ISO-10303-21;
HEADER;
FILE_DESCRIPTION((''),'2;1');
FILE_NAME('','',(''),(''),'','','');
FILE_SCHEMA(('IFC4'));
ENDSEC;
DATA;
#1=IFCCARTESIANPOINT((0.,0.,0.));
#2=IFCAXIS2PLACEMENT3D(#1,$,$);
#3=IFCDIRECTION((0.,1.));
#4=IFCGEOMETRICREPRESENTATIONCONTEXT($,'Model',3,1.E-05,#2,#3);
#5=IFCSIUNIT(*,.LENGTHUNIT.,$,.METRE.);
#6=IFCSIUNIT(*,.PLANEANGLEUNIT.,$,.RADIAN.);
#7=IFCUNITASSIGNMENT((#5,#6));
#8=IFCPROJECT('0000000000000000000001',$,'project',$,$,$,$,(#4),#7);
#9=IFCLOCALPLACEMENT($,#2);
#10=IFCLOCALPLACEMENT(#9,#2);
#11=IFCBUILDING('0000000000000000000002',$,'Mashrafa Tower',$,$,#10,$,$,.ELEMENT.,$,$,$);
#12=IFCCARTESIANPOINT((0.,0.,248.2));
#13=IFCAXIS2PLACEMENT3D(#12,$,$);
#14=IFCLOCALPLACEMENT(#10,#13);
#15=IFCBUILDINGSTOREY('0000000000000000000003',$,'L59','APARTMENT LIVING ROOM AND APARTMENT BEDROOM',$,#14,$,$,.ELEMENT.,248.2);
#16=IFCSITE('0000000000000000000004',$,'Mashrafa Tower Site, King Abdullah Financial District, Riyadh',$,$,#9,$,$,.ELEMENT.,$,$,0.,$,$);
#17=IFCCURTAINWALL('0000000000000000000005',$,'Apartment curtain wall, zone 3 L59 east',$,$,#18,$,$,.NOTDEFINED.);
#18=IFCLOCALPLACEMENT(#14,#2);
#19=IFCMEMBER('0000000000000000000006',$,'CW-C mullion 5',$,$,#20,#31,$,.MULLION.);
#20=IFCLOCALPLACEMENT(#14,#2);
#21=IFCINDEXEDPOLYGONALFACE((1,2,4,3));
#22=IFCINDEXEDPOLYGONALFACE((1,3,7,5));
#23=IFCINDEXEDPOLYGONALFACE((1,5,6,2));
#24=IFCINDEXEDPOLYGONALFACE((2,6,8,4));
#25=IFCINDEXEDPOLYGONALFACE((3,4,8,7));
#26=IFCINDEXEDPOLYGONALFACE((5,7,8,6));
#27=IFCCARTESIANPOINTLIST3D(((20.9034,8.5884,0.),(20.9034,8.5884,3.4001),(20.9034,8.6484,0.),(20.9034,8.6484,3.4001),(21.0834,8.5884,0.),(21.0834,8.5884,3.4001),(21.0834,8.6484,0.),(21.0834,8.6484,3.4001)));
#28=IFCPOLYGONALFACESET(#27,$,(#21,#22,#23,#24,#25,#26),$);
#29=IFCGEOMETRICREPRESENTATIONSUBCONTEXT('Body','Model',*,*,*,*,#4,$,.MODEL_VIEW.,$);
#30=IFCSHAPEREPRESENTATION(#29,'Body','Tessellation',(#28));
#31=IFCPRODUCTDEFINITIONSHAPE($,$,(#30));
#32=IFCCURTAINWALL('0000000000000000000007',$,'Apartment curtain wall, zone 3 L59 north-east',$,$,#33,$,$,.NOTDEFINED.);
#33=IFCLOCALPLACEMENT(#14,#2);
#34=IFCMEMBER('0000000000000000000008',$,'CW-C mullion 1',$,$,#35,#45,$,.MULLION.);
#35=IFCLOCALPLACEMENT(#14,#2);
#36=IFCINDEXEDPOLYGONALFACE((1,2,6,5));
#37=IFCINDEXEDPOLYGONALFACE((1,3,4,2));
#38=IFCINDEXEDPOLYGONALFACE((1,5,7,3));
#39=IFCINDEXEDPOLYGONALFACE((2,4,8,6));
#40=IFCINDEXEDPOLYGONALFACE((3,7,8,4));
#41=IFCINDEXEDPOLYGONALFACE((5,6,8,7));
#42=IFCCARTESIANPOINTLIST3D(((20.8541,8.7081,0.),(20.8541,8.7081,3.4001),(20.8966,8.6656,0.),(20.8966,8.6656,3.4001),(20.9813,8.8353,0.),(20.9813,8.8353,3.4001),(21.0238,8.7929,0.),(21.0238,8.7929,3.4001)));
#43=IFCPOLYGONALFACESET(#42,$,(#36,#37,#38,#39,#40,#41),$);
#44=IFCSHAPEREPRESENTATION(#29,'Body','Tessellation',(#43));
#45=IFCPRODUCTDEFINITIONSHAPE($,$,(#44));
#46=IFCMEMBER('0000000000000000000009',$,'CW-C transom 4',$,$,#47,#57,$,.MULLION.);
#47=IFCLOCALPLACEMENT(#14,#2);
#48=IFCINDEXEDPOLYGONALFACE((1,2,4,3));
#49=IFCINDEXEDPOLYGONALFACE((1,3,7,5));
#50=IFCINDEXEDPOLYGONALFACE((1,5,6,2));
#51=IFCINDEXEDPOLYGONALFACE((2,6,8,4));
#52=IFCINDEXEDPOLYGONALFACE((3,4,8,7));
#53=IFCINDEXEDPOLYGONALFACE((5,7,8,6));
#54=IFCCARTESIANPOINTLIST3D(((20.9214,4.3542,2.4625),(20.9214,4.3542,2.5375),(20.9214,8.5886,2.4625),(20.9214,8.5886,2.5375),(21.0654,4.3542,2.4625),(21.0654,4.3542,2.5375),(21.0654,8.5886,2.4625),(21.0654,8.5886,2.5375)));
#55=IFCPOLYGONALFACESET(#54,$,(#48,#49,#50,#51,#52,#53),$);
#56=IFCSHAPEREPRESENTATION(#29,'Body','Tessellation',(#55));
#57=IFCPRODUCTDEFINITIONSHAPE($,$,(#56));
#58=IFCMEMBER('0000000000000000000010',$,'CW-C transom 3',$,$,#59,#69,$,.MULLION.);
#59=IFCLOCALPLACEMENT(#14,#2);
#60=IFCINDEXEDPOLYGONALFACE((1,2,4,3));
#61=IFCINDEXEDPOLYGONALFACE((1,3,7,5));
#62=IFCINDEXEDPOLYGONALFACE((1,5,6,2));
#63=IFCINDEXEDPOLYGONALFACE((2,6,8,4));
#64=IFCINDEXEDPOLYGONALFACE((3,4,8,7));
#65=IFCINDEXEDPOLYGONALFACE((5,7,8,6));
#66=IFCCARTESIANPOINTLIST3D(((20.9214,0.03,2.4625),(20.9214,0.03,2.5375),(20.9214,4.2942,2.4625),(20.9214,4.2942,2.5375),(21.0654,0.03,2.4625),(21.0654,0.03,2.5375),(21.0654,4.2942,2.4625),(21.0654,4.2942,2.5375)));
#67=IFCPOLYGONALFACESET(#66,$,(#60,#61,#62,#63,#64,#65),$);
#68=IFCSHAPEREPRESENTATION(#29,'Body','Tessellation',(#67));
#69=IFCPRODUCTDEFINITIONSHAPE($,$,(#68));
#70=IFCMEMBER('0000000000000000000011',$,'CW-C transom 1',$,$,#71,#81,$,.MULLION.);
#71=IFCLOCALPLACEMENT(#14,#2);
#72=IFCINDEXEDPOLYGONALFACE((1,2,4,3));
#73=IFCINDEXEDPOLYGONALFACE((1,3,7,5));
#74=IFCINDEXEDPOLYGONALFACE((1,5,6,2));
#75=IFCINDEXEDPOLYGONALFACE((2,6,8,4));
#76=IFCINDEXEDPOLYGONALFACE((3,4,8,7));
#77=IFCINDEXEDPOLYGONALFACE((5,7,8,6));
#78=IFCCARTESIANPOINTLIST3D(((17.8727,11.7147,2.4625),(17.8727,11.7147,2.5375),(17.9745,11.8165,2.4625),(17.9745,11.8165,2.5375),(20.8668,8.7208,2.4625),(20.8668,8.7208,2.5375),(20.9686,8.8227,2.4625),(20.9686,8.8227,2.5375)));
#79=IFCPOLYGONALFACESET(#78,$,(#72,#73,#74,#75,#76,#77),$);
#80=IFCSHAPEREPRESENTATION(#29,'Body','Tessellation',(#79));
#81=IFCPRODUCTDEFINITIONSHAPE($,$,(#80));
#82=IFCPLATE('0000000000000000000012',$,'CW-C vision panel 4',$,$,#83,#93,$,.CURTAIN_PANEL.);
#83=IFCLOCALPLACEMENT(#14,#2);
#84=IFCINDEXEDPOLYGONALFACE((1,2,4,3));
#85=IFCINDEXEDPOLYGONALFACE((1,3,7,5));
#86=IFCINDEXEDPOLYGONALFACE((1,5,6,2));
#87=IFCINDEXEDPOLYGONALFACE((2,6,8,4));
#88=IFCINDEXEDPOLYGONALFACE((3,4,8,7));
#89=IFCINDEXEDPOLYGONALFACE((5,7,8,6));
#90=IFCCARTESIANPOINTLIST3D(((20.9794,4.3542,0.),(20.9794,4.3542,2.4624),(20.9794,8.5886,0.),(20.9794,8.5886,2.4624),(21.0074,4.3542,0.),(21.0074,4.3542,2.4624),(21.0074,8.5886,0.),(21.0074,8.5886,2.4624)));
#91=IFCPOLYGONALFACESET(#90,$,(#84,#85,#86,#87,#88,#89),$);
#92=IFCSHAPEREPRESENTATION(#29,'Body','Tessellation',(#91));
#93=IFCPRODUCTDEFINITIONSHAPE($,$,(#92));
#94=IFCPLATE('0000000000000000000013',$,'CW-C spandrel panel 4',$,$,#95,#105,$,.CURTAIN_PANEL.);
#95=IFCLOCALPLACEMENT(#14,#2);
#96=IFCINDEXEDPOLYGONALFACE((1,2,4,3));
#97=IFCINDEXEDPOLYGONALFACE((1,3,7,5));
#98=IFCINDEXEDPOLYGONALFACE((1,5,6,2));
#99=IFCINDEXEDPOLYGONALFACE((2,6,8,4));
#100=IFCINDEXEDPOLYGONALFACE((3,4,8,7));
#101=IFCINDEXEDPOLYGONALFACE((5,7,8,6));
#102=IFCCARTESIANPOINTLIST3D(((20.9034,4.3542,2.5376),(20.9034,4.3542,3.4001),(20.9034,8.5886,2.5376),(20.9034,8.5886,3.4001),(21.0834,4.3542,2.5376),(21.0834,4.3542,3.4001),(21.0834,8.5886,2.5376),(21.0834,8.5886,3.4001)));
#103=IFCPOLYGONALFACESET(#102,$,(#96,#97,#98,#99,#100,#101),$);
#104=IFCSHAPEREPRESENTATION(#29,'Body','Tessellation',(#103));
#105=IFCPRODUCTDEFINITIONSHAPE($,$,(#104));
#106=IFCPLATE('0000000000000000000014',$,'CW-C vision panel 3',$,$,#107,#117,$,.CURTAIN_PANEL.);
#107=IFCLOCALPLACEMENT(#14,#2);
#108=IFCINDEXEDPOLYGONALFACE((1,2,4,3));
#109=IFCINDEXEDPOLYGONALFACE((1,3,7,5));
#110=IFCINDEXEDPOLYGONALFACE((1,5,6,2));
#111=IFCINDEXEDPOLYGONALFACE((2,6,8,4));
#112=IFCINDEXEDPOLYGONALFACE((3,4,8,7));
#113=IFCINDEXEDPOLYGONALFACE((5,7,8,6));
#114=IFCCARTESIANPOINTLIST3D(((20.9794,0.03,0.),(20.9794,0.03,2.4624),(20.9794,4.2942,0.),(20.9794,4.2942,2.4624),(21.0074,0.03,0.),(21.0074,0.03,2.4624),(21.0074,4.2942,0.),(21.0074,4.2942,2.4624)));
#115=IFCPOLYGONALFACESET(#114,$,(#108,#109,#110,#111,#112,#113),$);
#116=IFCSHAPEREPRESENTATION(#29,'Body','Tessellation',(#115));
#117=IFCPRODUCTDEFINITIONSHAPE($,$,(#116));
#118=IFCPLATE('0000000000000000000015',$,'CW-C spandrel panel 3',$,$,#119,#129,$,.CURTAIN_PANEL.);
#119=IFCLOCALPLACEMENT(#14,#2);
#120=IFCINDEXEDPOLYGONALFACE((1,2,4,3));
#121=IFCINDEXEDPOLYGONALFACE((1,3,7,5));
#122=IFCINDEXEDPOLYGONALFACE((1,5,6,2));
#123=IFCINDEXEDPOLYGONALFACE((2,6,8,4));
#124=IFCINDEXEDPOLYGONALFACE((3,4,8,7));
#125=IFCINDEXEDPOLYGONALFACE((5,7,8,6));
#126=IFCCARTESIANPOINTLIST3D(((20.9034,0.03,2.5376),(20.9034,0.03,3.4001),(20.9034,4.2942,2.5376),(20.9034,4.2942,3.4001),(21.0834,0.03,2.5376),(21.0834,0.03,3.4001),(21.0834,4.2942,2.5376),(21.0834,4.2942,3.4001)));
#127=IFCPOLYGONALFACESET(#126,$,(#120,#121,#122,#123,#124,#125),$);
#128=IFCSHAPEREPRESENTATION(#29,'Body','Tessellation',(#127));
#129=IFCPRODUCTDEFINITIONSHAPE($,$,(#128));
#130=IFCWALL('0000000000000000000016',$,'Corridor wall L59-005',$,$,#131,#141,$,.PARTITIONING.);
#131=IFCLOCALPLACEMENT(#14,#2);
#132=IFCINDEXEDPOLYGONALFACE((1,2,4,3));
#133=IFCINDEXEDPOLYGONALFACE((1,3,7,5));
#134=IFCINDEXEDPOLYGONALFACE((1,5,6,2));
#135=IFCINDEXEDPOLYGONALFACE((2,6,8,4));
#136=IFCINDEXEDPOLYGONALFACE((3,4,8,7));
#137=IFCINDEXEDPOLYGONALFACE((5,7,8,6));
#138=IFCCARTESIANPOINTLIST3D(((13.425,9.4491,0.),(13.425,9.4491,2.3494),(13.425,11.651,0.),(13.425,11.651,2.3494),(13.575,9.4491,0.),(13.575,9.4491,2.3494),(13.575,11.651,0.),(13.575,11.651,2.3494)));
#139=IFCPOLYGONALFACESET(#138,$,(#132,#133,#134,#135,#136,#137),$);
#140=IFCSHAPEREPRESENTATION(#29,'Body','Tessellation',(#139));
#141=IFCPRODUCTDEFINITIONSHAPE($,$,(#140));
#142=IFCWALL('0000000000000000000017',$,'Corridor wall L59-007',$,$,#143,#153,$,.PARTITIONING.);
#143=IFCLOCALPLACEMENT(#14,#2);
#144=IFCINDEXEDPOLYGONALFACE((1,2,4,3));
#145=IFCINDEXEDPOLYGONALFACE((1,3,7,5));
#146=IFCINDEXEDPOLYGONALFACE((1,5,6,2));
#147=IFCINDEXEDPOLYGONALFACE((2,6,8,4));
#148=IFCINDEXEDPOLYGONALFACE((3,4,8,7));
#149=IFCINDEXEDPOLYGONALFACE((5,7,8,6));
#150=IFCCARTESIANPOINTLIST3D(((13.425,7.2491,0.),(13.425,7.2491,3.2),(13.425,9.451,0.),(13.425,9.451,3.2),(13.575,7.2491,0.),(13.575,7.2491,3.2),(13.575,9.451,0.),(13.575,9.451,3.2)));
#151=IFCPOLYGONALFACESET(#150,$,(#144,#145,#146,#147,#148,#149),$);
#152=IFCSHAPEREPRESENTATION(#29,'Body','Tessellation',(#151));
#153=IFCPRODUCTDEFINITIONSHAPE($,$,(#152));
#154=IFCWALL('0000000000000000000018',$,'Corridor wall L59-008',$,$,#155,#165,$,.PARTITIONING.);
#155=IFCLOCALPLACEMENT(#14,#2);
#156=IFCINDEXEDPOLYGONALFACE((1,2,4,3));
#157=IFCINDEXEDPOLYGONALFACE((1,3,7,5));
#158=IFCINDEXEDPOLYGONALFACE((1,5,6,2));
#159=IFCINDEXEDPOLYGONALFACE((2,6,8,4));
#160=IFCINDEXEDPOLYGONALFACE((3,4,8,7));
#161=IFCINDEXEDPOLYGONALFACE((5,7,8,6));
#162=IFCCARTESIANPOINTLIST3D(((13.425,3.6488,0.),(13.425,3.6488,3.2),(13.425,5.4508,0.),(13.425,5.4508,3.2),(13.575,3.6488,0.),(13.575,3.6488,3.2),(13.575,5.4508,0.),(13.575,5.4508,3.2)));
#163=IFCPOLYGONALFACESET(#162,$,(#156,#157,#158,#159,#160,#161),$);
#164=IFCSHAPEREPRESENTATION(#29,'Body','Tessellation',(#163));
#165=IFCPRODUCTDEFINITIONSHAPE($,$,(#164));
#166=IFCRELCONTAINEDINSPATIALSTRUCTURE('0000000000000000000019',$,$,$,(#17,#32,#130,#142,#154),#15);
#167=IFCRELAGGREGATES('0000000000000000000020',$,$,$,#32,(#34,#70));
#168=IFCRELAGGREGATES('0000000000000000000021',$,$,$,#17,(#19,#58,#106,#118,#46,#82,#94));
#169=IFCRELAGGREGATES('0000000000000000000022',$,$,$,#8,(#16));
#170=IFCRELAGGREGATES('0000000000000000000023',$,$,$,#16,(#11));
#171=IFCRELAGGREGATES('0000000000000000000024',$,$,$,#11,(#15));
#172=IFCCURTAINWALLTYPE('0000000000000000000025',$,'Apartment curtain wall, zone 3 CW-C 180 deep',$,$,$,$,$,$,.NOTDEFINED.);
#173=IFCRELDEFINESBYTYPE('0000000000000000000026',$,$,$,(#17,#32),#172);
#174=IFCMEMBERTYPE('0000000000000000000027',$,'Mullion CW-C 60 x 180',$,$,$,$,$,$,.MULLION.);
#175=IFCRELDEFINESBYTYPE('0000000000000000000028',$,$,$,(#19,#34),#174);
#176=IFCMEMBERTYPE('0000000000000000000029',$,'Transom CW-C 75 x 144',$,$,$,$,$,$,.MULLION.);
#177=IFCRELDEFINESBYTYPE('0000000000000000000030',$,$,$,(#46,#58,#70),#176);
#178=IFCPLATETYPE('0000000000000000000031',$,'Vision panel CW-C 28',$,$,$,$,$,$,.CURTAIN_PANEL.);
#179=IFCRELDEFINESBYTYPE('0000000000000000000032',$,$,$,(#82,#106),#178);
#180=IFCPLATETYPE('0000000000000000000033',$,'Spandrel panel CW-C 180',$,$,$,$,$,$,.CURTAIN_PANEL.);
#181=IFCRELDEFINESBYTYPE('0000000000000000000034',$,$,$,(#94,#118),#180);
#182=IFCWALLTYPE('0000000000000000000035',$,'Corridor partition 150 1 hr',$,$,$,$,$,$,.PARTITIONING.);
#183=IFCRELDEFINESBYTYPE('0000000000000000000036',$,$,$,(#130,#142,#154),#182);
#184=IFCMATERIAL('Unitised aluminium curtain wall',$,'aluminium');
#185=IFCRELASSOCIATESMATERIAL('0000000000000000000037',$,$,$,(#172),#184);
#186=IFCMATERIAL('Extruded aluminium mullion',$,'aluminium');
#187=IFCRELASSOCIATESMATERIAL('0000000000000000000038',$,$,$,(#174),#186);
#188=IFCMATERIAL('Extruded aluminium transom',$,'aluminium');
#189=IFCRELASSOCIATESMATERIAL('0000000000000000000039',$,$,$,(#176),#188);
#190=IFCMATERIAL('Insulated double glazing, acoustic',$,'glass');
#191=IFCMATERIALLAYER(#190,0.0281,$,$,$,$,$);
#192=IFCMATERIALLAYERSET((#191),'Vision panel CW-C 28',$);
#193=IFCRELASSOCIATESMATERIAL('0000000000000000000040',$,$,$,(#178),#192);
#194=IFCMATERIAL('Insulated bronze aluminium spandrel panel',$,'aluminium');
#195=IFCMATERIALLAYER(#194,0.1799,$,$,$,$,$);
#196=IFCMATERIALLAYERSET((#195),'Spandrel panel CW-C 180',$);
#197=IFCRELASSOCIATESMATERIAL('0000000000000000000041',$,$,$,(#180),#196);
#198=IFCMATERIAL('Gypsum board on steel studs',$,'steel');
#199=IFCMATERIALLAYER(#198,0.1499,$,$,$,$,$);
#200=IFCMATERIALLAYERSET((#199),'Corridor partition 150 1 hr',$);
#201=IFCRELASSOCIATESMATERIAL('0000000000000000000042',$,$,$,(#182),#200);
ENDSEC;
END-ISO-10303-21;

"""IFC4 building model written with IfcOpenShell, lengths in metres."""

from ifc_helpers import new_model, si_unit, direction, frame, frame_2d, origin, origin_2d, place, context, subcontext, project, spatial, rectangle, extrude, source, transform, mapped, material, layer, layer_set, material_profile, profile_set, type_object, type_shapes, element, aggregate, save


model = new_model("IFC4")

# Units and contexts
model_context = context("Model", 3, precision=1e-05, world=origin(), true_north=direction((0.0, 1.0)))
body_context = subcontext(model_context, "Body", "Model", "MODEL_VIEW")
ifc_project = project(units=[si_unit("LENGTHUNIT", "METRE"), si_unit("PLANEANGLEUNIT", "RADIAN")], contexts=[model_context])

# Site, building, storey
site_placement = place(None, origin())
site = spatial("IfcSite", under=ifc_project, at=site_placement, Name="Mashrafa Tower Site, King Abdullah Financial District, Riyadh", CompositionType="ELEMENT", RefElevation=0.0)
building_placement = place(site_placement, origin())
building = spatial("IfcBuilding", under=site, at=building_placement, Name="Mashrafa Tower", CompositionType="ELEMENT")
storey_placement = place(building_placement, frame((0.0, 0.0, 248.2)))
storey = spatial("IfcBuildingStorey", under=building, at=storey_placement, Name="L59", Description="APARTMENT LIVING ROOM AND APARTMENT BEDROOM", CompositionType="ELEMENT", Elevation=248.2)

# Curtain wall, member
ifc_material_1 = material(Name="Unitised aluminium curtain wall", Category="aluminium")
curtain_wall_type = type_object("IfcCurtainWallType", Name="Apartment curtain wall, zone 3 CW-C 180 deep", PredefinedType="NOTDEFINED", material=ifc_material_1)
curtain_wall_1_placement = place(storey_placement, origin())
curtain_wall_1 = element("IfcCurtainWall", 1, at=curtain_wall_1_placement, inside=storey, type_object=curtain_wall_type, Name="Apartment curtain wall, zone 3 L59 east", PredefinedType="NOTDEFINED")
ifc_material_2 = material(Name="Extruded aluminium mullion", Category="aluminium")
ifc_material_profile_1 = material_profile(ifc_material_2, rectangle(XDim=0.1799, YDim=0.0601, at=origin_2d()), Name="Mullion 60x180")
ifc_profile_set_1 = profile_set([ifc_material_profile_1], Name="Extruded aluminium mullion")
member_type_1 = type_object("IfcMemberType", Name="Mullion CW-C 60 x 180", PredefinedType="MULLION", material=ifc_profile_set_1)
shared_shape_1 = source(origin(), body_context, "Body", "SweptSolid", [
    extrude(rectangle(XDim=0.1799, YDim=0.0601, at=origin_2d()), origin(), (0.0, 0.0, 1.0), 3.4001),
])
type_shapes(member_type_1, [shared_shape_1])
member_1_placement = place(storey_placement, frame((20.9934, 8.6184, 0.0), z_axis=(0.0, 0.0, 1.0), x_axis=(-1.0, 0.0, 0.0)))
member_1 = element("IfcMember", 2, at=member_1_placement, type_object=member_type_1, Name="CW-C mullion 5", PredefinedType="MULLION", context=body_context, shape_type="MappedRepresentation", body=[
    mapped(shared_shape_1, transform((0.0, 0.0, 0.0))),
])

# Curtain wall, member
curtain_wall_2_placement = place(storey_placement, origin())
curtain_wall_2 = element("IfcCurtainWall", 3, at=curtain_wall_2_placement, inside=storey, type_object=curtain_wall_type, Name="Apartment curtain wall, zone 3 L59 north-east", PredefinedType="NOTDEFINED")
member_2_placement = place(storey_placement, frame((20.939, 8.7505, 0.0), z_axis=(0.0, 0.0, 1.0), x_axis=(-0.707107, -0.707107, 0.0)))
member_2 = element("IfcMember", 4, at=member_2_placement, type_object=member_type_1, Name="CW-C mullion 1", PredefinedType="MULLION", context=body_context, shape_type="MappedRepresentation", body=[
    mapped(shared_shape_1, transform((0.0, 0.0, 0.0))),
])

# Members
ifc_material_3 = material(Name="Extruded aluminium transom", Category="aluminium")
ifc_material_profile_2 = material_profile(ifc_material_3, rectangle(XDim=0.144, YDim=0.075, at=origin_2d()), Name="Transom 75x144")
ifc_profile_set_2 = profile_set([ifc_material_profile_2], Name="Extruded aluminium transom")
member_type_2 = type_object("IfcMemberType", Name="Transom CW-C 75 x 144", PredefinedType="MULLION", material=ifc_profile_set_2)
shared_shape_2 = source(origin(), body_context, "Body", "SweptSolid", [
    extrude(rectangle(XDim=0.144, YDim=0.075, at=origin_2d()), origin(), (0.0, 0.0, 1.0), 4.2344),
])
member_3_placement = place(storey_placement, frame((20.9934, 4.3542, 2.5), z_axis=(0.0, 1.0, 0.0), x_axis=(-1.0, 0.0, 0.0)))
member_3 = element("IfcMember", 5, at=member_3_placement, type_object=member_type_2, Name="CW-C transom 4", PredefinedType="MULLION", context=body_context, shape_type="MappedRepresentation", body=[
    mapped(shared_shape_2, transform((0.0, 0.0, 0.0))),
])
shared_shape_3 = source(origin(), body_context, "Body", "SweptSolid", [
    extrude(rectangle(XDim=0.144, YDim=0.075, at=origin_2d()), origin(), (0.0, 0.0, 1.0), 4.2642),
])
member_4_placement = place(storey_placement, frame((20.9934, 0.03, 2.5), z_axis=(0.0, 1.0, 0.0), x_axis=(-1.0, 0.0, 0.0)))
member_4 = element("IfcMember", 6, at=member_4_placement, type_object=member_type_2, Name="CW-C transom 3", PredefinedType="MULLION", context=body_context, shape_type="MappedRepresentation", body=[
    mapped(shared_shape_3, transform((0.0, 0.0, 0.0))),
])
shared_shape_4 = source(origin(), body_context, "Body", "SweptSolid", [
    extrude(rectangle(XDim=0.144, YDim=0.075, at=origin_2d()), origin(), (0.0, 0.0, 1.0), 4.2341),
])
type_shapes(member_type_2, [shared_shape_2, shared_shape_3, shared_shape_4])
member_5_placement = place(storey_placement, frame((20.9177, 8.7717, 2.5), z_axis=(-0.707136, 0.707078, 0.0), x_axis=(-0.707078, -0.707136, 0.0)))
member_5 = element("IfcMember", 7, at=member_5_placement, type_object=member_type_2, Name="CW-C transom 1", PredefinedType="MULLION", context=body_context, shape_type="MappedRepresentation", body=[
    mapped(shared_shape_4, transform((0.0, 0.0, 0.0))),
])
aggregate(curtain_wall_2, [member_2, member_5])

# Plates
ifc_material_4 = material(Name="Insulated double glazing, acoustic", Category="glass")
ifc_layer_1 = layer(ifc_material_4, 0.0281)
ifc_layer_set_1 = layer_set([ifc_layer_1], Name="Vision panel CW-C 28")
plate_type_1 = type_object("IfcPlateType", Name="Vision panel CW-C 28", PredefinedType="CURTAIN_PANEL", material=ifc_layer_set_1)
shared_shape_5 = source(origin(), body_context, "Body", "SweptSolid", [
    extrude(rectangle(XDim=4.2344, YDim=0.0281, at=origin_2d()), origin(), (0.0, 0.0, 1.0), 2.4624),
])
plate_1_placement = place(storey_placement, frame((20.9934, 6.4714, 0.0), z_axis=(0.0, 0.0, 1.0), x_axis=(0.0, 1.0, 0.0)))
plate_1 = element("IfcPlate", 8, at=plate_1_placement, type_object=plate_type_1, Name="CW-C vision panel 4", PredefinedType="CURTAIN_PANEL", context=body_context, shape_type="MappedRepresentation", body=[
    mapped(shared_shape_5, transform((0.0, 0.0, 0.0))),
])
ifc_material_5 = material(Name="Insulated bronze aluminium spandrel panel", Category="aluminium")
ifc_layer_2 = layer(ifc_material_5, 0.1799)
ifc_layer_set_2 = layer_set([ifc_layer_2], Name="Spandrel panel CW-C 180")
plate_type_2 = type_object("IfcPlateType", Name="Spandrel panel CW-C 180", PredefinedType="CURTAIN_PANEL", material=ifc_layer_set_2)
shared_shape_6 = source(origin(), body_context, "Body", "SweptSolid", [
    extrude(rectangle(XDim=4.2344, YDim=0.1799, at=origin_2d()), origin(), (0.0, 0.0, 1.0), 0.8625),
])
plate_2_placement = place(storey_placement, frame((20.9934, 6.4714, 2.5376), z_axis=(0.0, 0.0, 1.0), x_axis=(0.0, 1.0, 0.0)))
plate_2 = element("IfcPlate", 9, at=plate_2_placement, type_object=plate_type_2, Name="CW-C spandrel panel 4", PredefinedType="CURTAIN_PANEL", context=body_context, shape_type="MappedRepresentation", body=[
    mapped(shared_shape_6, transform((0.0, 0.0, 0.0))),
])
shared_shape_7 = source(origin(), body_context, "Body", "SweptSolid", [
    extrude(rectangle(XDim=4.2642, YDim=0.0281, at=origin_2d()), origin(), (0.0, 0.0, 1.0), 2.4624),
])
type_shapes(plate_type_1, [shared_shape_5, shared_shape_7])
plate_3_placement = place(storey_placement, frame((20.9934, 2.1621, 0.0), z_axis=(0.0, 0.0, 1.0), x_axis=(0.0, 1.0, 0.0)))
plate_3 = element("IfcPlate", 10, at=plate_3_placement, type_object=plate_type_1, Name="CW-C vision panel 3", PredefinedType="CURTAIN_PANEL", context=body_context, shape_type="MappedRepresentation", body=[
    mapped(shared_shape_7, transform((0.0, 0.0, 0.0))),
])
shared_shape_8 = source(origin(), body_context, "Body", "SweptSolid", [
    extrude(rectangle(XDim=4.2642, YDim=0.1799, at=origin_2d()), origin(), (0.0, 0.0, 1.0), 0.8625),
])
type_shapes(plate_type_2, [shared_shape_6, shared_shape_8])
plate_4_placement = place(storey_placement, frame((20.9934, 2.1621, 2.5376), z_axis=(0.0, 0.0, 1.0), x_axis=(0.0, 1.0, 0.0)))
plate_4 = element("IfcPlate", 11, at=plate_4_placement, type_object=plate_type_2, Name="CW-C spandrel panel 3", PredefinedType="CURTAIN_PANEL", context=body_context, shape_type="MappedRepresentation", body=[
    mapped(shared_shape_8, transform((0.0, 0.0, 0.0))),
])
aggregate(curtain_wall_1, [member_1, member_4, plate_3, plate_4, member_3, plate_1, plate_2])

# Walls
ifc_material_6 = material(Name="Gypsum board on steel studs", Category="steel")
ifc_layer_3 = layer(ifc_material_6, 0.1499)
ifc_layer_set_3 = layer_set([ifc_layer_3], Name="Corridor partition 150 1 hr")
wall_type_1 = type_object("IfcWallType", Name="Corridor partition 150 1 hr", PredefinedType="PARTITIONING", material=ifc_layer_set_3)
wall_1_placement = place(storey_placement, frame((13.5, 9.449, 0.0), z_axis=(0.0, 0.0, 1.0), x_axis=(0.0, 1.0, 0.0)))
element("IfcWall", 12, at=wall_1_placement, inside=storey, type_object=wall_type_1, Name="Corridor wall L59-005", PredefinedType="PARTITIONING", context=body_context, shape_type="SweptSolid", body=[
    extrude(rectangle(XDim=2.2019, YDim=0.1499, at=frame_2d((1.1011, 0.0))), origin(), (0.0, 0.0, 1.0), 2.3494),
])
wall_2_placement = place(storey_placement, frame((13.5, 7.249, 0.0), z_axis=(0.0, 0.0, 1.0), x_axis=(0.0, 1.0, 0.0)))
element("IfcWall", 13, at=wall_2_placement, inside=storey, type_object=wall_type_1, Name="Corridor wall L59-007", PredefinedType="PARTITIONING", context=body_context, shape_type="SweptSolid", body=[
    extrude(rectangle(XDim=2.2019, YDim=0.1499, at=frame_2d((1.1011, 0.0))), origin(), (0.0, 0.0, 1.0), 3.2),
])
wall_3_placement = place(storey_placement, frame((13.5, 3.6489, 0.0), z_axis=(0.0, 0.0, 1.0), x_axis=(0.0, 1.0, 0.0)))
element("IfcWall", 14, at=wall_3_placement, inside=storey, type_object=wall_type_1, Name="Corridor wall L59-008", PredefinedType="PARTITIONING", context=body_context, shape_type="SweptSolid", body=[
    extrude(rectangle(XDim=1.802, YDim=0.1499, at=frame_2d((0.9009, 0.0))), origin(), (0.0, 0.0, 1.0), 3.2),
])

save(model, "model.ifc")
